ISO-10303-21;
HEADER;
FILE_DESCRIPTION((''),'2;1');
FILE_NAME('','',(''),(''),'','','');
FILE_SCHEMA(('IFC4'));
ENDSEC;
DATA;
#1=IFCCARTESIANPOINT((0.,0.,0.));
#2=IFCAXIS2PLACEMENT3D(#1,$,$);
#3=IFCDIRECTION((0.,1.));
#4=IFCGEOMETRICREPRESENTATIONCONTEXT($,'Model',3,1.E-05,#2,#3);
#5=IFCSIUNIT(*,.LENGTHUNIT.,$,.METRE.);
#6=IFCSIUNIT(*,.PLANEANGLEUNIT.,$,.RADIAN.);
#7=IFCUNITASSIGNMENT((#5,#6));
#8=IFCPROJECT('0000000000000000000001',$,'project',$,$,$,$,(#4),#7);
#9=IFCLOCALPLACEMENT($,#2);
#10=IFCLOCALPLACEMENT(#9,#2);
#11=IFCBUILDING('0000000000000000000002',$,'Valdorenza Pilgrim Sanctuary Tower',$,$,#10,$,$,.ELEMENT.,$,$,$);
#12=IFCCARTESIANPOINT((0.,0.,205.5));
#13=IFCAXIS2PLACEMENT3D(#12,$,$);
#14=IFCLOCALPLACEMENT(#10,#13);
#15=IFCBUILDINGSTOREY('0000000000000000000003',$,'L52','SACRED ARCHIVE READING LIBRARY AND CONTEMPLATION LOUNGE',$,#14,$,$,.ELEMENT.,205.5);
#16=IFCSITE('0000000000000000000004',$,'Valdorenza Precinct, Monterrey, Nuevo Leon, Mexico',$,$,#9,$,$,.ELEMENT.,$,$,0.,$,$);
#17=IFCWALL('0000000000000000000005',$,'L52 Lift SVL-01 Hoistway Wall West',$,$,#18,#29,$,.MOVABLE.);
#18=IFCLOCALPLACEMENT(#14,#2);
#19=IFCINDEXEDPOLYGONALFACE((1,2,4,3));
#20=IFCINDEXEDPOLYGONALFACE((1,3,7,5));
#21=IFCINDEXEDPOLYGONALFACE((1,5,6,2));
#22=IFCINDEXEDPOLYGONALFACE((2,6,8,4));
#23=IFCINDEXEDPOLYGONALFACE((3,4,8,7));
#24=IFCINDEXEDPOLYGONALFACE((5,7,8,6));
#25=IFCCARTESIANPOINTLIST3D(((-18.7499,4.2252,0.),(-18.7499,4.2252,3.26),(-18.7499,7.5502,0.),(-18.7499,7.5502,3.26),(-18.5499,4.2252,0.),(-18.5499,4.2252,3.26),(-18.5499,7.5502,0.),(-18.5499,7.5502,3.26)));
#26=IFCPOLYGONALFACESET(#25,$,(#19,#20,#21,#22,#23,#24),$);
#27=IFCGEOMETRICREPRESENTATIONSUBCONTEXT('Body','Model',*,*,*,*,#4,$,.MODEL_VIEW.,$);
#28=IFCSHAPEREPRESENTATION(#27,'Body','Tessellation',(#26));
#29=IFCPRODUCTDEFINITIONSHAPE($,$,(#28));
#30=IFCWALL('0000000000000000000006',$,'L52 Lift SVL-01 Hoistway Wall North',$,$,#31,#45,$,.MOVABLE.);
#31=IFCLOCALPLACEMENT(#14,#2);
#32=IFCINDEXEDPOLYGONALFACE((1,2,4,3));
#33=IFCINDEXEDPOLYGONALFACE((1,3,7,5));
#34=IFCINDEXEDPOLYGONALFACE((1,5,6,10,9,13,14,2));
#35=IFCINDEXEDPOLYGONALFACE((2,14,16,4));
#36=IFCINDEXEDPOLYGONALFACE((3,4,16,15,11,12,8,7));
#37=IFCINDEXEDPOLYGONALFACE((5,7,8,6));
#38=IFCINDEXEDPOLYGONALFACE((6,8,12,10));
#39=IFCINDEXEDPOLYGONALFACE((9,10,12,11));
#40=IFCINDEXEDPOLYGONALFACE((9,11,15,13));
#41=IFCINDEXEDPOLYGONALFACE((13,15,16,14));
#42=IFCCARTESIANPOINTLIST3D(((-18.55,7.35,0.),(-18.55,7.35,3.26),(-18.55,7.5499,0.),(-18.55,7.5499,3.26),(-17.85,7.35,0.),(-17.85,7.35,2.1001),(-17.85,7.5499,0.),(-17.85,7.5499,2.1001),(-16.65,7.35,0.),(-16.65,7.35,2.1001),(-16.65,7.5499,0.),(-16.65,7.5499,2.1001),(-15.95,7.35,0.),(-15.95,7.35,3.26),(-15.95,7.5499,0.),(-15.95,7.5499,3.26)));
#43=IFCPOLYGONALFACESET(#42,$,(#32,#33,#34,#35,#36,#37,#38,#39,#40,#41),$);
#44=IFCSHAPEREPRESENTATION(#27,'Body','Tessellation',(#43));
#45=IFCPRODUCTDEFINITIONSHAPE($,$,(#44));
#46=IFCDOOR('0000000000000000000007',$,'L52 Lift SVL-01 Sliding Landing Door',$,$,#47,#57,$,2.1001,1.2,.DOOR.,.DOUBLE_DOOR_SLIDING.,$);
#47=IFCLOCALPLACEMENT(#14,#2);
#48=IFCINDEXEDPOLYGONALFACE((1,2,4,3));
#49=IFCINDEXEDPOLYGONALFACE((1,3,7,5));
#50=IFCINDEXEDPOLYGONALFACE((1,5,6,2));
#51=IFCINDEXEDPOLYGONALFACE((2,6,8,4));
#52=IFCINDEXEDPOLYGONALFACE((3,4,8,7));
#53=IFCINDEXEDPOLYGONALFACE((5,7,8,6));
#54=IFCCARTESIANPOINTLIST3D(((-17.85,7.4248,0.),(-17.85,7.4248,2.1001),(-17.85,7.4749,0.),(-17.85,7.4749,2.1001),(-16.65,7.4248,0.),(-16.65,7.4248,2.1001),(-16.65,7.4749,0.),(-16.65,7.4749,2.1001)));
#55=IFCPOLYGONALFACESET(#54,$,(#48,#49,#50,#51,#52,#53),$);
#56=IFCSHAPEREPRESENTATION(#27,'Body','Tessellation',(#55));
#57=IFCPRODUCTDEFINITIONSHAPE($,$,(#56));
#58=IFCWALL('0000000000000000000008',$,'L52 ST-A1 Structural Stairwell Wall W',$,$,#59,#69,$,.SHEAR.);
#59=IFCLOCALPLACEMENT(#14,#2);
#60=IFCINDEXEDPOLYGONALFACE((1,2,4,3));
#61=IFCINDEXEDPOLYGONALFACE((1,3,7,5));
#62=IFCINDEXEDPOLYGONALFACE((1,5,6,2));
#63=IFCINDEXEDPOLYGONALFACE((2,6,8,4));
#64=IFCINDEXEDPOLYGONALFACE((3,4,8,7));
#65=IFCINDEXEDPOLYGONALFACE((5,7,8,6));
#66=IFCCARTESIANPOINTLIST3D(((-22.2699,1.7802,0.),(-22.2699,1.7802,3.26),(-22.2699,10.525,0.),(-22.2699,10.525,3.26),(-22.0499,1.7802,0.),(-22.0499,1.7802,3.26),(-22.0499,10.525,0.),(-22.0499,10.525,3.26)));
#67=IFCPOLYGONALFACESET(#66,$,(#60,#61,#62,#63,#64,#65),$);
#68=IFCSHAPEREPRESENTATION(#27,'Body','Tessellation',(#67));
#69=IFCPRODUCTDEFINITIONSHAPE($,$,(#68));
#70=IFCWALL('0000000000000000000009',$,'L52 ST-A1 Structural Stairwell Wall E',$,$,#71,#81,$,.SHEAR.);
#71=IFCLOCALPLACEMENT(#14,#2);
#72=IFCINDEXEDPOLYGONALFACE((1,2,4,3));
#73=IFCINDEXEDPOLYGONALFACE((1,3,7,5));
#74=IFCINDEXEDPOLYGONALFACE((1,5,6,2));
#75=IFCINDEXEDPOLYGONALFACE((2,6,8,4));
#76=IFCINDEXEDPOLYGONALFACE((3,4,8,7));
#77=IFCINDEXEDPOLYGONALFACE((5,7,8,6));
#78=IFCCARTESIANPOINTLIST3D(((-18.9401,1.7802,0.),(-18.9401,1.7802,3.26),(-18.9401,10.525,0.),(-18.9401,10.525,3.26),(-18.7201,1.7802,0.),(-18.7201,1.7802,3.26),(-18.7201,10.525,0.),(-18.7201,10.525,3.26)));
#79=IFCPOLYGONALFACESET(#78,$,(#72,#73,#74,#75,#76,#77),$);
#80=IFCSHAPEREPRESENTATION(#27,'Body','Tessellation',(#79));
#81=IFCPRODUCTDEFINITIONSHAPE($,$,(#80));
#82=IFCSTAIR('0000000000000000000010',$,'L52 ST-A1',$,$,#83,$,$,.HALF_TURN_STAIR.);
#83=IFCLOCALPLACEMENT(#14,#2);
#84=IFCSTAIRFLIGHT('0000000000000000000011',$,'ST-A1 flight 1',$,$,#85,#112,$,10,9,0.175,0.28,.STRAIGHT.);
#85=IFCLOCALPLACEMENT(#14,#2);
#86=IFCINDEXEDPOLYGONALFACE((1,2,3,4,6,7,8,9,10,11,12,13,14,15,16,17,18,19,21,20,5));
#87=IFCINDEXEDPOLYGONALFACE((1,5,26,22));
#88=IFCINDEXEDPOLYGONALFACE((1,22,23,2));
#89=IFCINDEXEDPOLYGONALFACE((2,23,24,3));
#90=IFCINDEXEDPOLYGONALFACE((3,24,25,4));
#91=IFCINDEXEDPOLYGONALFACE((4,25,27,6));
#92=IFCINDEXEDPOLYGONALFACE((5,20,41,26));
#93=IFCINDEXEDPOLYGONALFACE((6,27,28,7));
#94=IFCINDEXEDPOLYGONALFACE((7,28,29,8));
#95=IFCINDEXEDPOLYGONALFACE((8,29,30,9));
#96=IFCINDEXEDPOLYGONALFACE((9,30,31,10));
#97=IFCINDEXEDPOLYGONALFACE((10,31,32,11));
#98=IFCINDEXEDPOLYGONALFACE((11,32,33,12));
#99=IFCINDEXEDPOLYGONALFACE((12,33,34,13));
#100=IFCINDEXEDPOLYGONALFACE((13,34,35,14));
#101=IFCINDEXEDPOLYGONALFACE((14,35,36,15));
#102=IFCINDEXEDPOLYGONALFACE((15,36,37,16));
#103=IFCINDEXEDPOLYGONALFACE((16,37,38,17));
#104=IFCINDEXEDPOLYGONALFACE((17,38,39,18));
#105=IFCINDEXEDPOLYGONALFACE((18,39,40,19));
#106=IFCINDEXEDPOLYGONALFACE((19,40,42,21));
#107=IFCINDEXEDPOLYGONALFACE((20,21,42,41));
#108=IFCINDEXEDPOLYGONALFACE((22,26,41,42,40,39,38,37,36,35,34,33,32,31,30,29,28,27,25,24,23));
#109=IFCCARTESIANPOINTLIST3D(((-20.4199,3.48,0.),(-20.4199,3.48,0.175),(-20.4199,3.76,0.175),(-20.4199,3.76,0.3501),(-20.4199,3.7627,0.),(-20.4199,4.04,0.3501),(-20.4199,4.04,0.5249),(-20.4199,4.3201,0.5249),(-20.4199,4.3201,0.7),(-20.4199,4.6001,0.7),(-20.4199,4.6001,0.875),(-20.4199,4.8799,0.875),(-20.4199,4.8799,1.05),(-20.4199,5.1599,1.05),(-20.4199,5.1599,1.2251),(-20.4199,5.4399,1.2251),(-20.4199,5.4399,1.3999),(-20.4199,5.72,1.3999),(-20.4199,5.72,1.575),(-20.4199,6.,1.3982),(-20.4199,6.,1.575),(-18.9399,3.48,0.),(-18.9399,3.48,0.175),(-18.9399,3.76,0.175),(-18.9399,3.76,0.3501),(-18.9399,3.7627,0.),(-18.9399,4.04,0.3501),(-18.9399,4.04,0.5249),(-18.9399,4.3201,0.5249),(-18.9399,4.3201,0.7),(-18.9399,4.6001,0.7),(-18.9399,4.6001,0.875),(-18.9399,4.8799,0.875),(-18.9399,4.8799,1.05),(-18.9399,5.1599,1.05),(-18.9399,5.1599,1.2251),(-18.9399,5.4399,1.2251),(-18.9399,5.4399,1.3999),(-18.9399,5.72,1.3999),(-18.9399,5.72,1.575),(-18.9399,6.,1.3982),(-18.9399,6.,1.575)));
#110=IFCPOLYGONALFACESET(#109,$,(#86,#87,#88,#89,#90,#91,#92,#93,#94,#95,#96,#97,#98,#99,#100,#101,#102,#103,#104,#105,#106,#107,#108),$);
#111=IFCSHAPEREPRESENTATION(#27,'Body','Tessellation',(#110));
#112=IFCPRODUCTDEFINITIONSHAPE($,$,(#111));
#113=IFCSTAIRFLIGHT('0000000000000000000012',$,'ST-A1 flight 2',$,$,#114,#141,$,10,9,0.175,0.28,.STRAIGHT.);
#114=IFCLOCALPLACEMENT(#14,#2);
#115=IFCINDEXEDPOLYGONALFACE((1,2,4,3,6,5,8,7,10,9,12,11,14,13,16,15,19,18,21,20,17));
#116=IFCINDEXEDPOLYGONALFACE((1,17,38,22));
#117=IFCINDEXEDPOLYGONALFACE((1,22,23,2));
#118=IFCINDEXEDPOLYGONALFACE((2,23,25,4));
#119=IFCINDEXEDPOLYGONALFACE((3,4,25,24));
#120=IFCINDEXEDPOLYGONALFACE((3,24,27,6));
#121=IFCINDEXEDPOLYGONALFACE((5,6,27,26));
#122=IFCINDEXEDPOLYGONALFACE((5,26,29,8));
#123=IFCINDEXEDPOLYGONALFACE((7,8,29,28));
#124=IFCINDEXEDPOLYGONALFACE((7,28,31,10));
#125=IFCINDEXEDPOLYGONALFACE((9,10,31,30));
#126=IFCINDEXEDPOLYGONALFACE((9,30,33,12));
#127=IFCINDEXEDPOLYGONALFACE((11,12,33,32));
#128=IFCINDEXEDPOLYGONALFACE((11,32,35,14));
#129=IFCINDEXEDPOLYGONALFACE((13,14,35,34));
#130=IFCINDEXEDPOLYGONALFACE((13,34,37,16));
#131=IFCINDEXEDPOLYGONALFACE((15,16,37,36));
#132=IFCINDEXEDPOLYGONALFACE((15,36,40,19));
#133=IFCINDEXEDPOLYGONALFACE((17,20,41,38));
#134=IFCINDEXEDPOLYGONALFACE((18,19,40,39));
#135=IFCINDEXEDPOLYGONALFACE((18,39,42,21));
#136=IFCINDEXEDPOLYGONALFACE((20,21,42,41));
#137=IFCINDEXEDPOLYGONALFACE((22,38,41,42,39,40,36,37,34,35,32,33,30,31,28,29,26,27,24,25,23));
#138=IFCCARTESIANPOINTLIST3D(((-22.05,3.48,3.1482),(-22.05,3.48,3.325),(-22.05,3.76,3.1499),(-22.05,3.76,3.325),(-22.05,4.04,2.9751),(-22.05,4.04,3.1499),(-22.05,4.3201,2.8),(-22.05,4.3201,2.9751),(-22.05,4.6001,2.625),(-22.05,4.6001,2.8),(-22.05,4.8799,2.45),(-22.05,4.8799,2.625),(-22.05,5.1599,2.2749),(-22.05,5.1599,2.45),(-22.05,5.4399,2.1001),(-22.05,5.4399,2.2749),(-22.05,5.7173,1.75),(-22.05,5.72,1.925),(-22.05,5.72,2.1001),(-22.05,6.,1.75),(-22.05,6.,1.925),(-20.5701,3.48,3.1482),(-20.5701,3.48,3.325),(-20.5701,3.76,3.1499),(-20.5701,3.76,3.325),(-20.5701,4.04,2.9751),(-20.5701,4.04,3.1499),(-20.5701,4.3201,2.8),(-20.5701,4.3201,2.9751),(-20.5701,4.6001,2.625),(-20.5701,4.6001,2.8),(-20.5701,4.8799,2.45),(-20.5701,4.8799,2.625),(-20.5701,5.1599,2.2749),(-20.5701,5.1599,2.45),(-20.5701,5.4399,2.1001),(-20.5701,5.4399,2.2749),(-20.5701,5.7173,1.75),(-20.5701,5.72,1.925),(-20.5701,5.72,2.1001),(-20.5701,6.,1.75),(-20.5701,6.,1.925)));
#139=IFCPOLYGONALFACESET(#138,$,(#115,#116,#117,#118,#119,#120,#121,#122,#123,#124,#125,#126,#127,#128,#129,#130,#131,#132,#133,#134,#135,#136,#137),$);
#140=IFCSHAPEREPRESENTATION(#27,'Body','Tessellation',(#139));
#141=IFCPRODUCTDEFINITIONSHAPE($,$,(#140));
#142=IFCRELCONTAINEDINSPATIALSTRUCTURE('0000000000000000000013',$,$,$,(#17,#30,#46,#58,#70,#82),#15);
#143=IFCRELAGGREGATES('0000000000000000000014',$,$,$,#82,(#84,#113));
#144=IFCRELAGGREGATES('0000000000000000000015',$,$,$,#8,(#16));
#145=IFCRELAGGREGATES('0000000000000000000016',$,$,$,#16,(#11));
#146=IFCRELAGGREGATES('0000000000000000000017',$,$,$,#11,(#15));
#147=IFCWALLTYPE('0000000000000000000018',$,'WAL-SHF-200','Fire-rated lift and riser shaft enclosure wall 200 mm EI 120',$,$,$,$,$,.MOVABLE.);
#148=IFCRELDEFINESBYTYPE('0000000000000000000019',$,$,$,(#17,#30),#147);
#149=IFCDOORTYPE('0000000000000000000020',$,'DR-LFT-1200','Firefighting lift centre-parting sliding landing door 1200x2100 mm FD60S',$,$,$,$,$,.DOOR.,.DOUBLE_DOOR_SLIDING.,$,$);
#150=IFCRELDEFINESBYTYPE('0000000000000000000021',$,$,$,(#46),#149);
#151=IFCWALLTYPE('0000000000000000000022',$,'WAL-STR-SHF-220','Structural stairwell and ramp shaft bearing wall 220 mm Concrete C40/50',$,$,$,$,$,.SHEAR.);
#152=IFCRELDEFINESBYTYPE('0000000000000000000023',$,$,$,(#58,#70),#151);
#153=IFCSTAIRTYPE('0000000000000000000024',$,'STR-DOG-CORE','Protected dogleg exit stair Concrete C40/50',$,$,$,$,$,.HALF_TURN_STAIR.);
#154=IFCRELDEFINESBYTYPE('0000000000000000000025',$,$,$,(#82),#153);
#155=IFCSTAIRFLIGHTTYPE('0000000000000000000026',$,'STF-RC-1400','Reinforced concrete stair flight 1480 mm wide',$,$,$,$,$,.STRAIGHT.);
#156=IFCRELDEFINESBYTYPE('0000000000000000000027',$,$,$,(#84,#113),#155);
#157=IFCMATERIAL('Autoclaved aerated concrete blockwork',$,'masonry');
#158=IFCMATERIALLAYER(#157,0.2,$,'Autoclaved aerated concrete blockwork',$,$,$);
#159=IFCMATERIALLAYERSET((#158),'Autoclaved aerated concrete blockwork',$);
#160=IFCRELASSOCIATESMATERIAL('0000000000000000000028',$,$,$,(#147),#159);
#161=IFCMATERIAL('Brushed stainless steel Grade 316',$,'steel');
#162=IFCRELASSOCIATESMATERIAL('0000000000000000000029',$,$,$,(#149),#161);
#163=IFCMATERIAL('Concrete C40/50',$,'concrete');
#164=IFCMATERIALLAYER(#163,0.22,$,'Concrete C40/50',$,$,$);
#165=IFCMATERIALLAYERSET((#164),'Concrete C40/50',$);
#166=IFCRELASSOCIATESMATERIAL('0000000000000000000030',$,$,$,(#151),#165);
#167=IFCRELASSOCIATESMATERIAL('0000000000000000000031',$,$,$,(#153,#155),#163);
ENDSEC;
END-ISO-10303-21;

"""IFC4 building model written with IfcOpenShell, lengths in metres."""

from ifc_helpers import new_model, si_unit, direction, frame, frame_2d, origin, place, context, subcontext, project, spatial, polyline, rectangle, outline, extrude, material, layer, layer_set, type_object, element, fill, aggregate, save


model = new_model("IFC4")

# Units and contexts
model_context = context("Model", 3, precision=1e-05, world=origin(), true_north=direction((0.0, 1.0)))
body_context = subcontext(model_context, "Body", "Model", "MODEL_VIEW")
ifc_project = project(units=[si_unit("LENGTHUNIT", "METRE"), si_unit("PLANEANGLEUNIT", "RADIAN")], contexts=[model_context])

# Site, building, storey
site_placement = place(None, origin())
site = spatial("IfcSite", under=ifc_project, at=site_placement, Name="Valdorenza Precinct, Monterrey, Nuevo Leon, Mexico", CompositionType="ELEMENT", RefElevation=0.0)
building_placement = place(site_placement, origin())
building = spatial("IfcBuilding", under=site, at=building_placement, Name="Valdorenza Pilgrim Sanctuary Tower", CompositionType="ELEMENT")
storey_placement = place(building_placement, frame((0.0, 0.0, 205.5)))
storey = spatial("IfcBuildingStorey", under=building, at=storey_placement, Name="L52", Description="SACRED ARCHIVE READING LIBRARY AND CONTEMPLATION LOUNGE", CompositionType="ELEMENT", Elevation=205.5)

# Shared definitions
ifc_material_1 = material(Name="Autoclaved aerated concrete blockwork", Category="masonry")
ifc_layer_1 = layer(ifc_material_1, 0.2, Name="Autoclaved aerated concrete blockwork")
ifc_layer_set_1 = layer_set([ifc_layer_1], Name="Autoclaved aerated concrete blockwork")
wall_type_1 = type_object("IfcWallType", Name="WAL-SHF-200", Description="Fire-rated lift and riser shaft enclosure wall 200 mm EI 120", PredefinedType="MOVABLE", material=ifc_layer_set_1)

# Shared definitions
ifc_material_2 = material(Name="Brushed stainless steel Grade 316", Category="steel")
door_type_1 = type_object("IfcDoorType", Name="DR-LFT-1200", Description="Firefighting lift centre-parting sliding landing door 1200x2100 mm FD60S", OperationType="DOUBLE_DOOR_SLIDING", PredefinedType="DOOR", material=ifc_material_2)

# Wall
wall_1_placement = place(storey_placement, frame((-18.6499, 4.2251, 0.0), z_axis=(0.0, 0.0, 1.0), x_axis=(0.0, 1.0, 0.0)))
element("IfcWall", 1, at=wall_1_placement, inside=storey, type_object=wall_type_1, Name="L52 Lift SVL-01 Hoistway Wall West", PredefinedType="MOVABLE", context=body_context, shape_type="SweptSolid", body=[
    extrude(rectangle(XDim=3.325, YDim=0.2, at=frame_2d((1.6626, 0.0))), origin(), (0.0, 0.0, 1.0), 3.26),
])

# Wall, opening, door
wall_2_placement = place(storey_placement, frame((-18.55, 7.45, 0.0), z_axis=(0.0, 0.0, 1.0), x_axis=(1.0, 0.0, 0.0)))
wall_2 = element("IfcWall", 2, at=wall_2_placement, inside=storey, type_object=wall_type_1, Name="L52 Lift SVL-01 Hoistway Wall North", PredefinedType="MOVABLE", context=body_context, shape_type="SweptSolid", body=[
    extrude(rectangle(XDim=2.6001, YDim=0.2, at=frame_2d((1.3, 0.0))), origin(), (0.0, 0.0, 1.0), 3.26),
])
opening_1_placement = place(wall_2_placement, frame((0.7, 0.0, 0.0)))
opening_1 = element("IfcOpeningElement", 3, at=opening_1_placement, cuts=wall_2, PredefinedType="OPENING", context=body_context, shape_type="SweptSolid", body=[
    extrude(rectangle(XDim=1.2, YDim=2.1001, at=frame_2d((0.6001, 1.05))), frame((0.0, 0.1147, 0.0), z_axis=(0.0, -1.0, 0.0), x_axis=(1.0, 0.0, 0.0)), (0.0, 0.0, 1.0), 0.2297),
])
door_1_placement = place(opening_1_placement, origin())
door_1 = element("IfcDoor", 4, at=door_1_placement, inside=storey, type_object=door_type_1, Name="L52 Lift SVL-01 Sliding Landing Door", OperationType="DOUBLE_DOOR_SLIDING", OverallHeight=2.1001, OverallWidth=1.2, PredefinedType="DOOR", context=body_context, shape_type="SweptSolid", body=[
    extrude(rectangle(XDim=1.2, YDim=2.1001, at=frame_2d((0.6001, 1.05))), frame((0.0, 0.0249, 0.0), z_axis=(0.0, -1.0, 0.0), x_axis=(1.0, 0.0, 0.0)), (0.0, 0.0, 1.0), 0.05),
])
fill(opening_1, door_1)

# Walls
ifc_material_3 = material(Name="Concrete C40/50", Category="concrete")
ifc_layer_2 = layer(ifc_material_3, 0.22, Name="Concrete C40/50")
ifc_layer_set_2 = layer_set([ifc_layer_2], Name="Concrete C40/50")
wall_type_2 = type_object("IfcWallType", Name="WAL-STR-SHF-220", Description="Structural stairwell and ramp shaft bearing wall 220 mm Concrete C40/50", PredefinedType="SHEAR", material=ifc_layer_set_2)
for number, where, z_axis, x_axis, name in (
    (5, (-22.1599, 1.78, 0.0), (0.0, 0.0, 1.0), (0.0, 1.0, 0.0), "L52 ST-A1 Structural Stairwell Wall W"),
    (6, (-18.8301, 1.78, 0.0), (0.0, 0.0, 1.0), (0.0, 1.0, 0.0), "L52 ST-A1 Structural Stairwell Wall E"),
):
    element("IfcWall", number, at=place(storey_placement, frame(where, z_axis=z_axis, x_axis=x_axis)), inside=storey, type_object=wall_type_2, Name=name, PredefinedType="SHEAR", context=body_context, shape_type="SweptSolid", body=[
        extrude(rectangle(XDim=8.7449, YDim=0.22, at=frame_2d((4.3726, 0.0))), origin(), (0.0, 0.0, 1.0), 3.26),
    ])

# Stair, stair flights
stair_type = type_object("IfcStairType", Name="STR-DOG-CORE", Description="Protected dogleg exit stair Concrete C40/50", PredefinedType="HALF_TURN_STAIR", material=ifc_material_3)
stair_placement = place(storey_placement, origin())
stair = element("IfcStair", 7, at=stair_placement, inside=storey, type_object=stair_type, Name="L52 ST-A1", PredefinedType="HALF_TURN_STAIR")
stair_flight_type = type_object("IfcStairFlightType", Name="STF-RC-1400", Description="Reinforced concrete stair flight 1480 mm wide", PredefinedType="STRAIGHT", material=ifc_material_3)
stair_flight_1_placement = place(storey_placement, frame((-19.6799, 3.48, 0.0), z_axis=(0.0, 0.0, 1.0), x_axis=(0.0, 1.0, 0.0)))
stair_flight_1 = element("IfcStairFlight", 8, at=stair_flight_1_placement, type_object=stair_flight_type, Name="ST-A1 flight 1", NumberOfRisers=10, NumberOfTreads=9, PredefinedType="STRAIGHT", RiserHeight=0.175, TreadLength=0.28, context=body_context, shape_type="SweptSolid", body=[
    extrude(outline(polyline([(0.0, 0.0), (0.0, 0.175), (0.28, 0.175), (0.28, 0.3501), (0.5601, 0.3501), (0.5601, 0.5249), (0.8401, 0.5249), (0.8401, 0.7), (1.1201, 0.7), (1.1201, 0.875), (1.3999, 0.875), (1.3999, 1.05), (1.6799, 1.05), (1.6799, 1.2251), (1.96, 1.2251), (1.96, 1.3999), (2.24, 1.3999), (2.24, 1.575), (2.52, 1.575), (2.52, 1.75), (2.52, 1.3982), (0.2827, 0.0), (0.0, 0.0)])), frame((0.0, 0.74, 0.0), z_axis=(0.0, -1.0, 0.0), x_axis=(1.0, 0.0, 0.0)), (0.0, 0.0, 1.0), 1.48),
])
stair_flight_2_placement = place(storey_placement, frame((-21.3101, 6.0, 1.75), z_axis=(0.0, 0.0, 1.0), x_axis=(0.0, -1.0, 0.0)))
stair_flight_2 = element("IfcStairFlight", 9, at=stair_flight_2_placement, type_object=stair_flight_type, Name="ST-A1 flight 2", NumberOfRisers=10, NumberOfTreads=9, PredefinedType="STRAIGHT", RiserHeight=0.175, TreadLength=0.28, context=body_context, shape_type="SweptSolid", body=[
    extrude(outline(polyline([(0.0, 0.0), (0.0, 0.175), (0.28, 0.175), (0.28, 0.3501), (0.5601, 0.3501), (0.5601, 0.5249), (0.8401, 0.5249), (0.8401, 0.7), (1.1201, 0.7), (1.1201, 0.875), (1.3999, 0.875), (1.3999, 1.05), (1.6799, 1.05), (1.6799, 1.2251), (1.96, 1.2251), (1.96, 1.3999), (2.24, 1.3999), (2.24, 1.575), (2.52, 1.575), (2.52, 1.75), (2.52, 1.3982), (0.2827, 0.0), (0.0, 0.0)])), frame((0.0, 0.74, 0.0), z_axis=(0.0, -1.0, 0.0), x_axis=(1.0, 0.0, 0.0)), (0.0, 0.0, 1.0), 1.48),
])
aggregate(stair, [stair_flight_1, stair_flight_2])

save(model, "model.ifc")
